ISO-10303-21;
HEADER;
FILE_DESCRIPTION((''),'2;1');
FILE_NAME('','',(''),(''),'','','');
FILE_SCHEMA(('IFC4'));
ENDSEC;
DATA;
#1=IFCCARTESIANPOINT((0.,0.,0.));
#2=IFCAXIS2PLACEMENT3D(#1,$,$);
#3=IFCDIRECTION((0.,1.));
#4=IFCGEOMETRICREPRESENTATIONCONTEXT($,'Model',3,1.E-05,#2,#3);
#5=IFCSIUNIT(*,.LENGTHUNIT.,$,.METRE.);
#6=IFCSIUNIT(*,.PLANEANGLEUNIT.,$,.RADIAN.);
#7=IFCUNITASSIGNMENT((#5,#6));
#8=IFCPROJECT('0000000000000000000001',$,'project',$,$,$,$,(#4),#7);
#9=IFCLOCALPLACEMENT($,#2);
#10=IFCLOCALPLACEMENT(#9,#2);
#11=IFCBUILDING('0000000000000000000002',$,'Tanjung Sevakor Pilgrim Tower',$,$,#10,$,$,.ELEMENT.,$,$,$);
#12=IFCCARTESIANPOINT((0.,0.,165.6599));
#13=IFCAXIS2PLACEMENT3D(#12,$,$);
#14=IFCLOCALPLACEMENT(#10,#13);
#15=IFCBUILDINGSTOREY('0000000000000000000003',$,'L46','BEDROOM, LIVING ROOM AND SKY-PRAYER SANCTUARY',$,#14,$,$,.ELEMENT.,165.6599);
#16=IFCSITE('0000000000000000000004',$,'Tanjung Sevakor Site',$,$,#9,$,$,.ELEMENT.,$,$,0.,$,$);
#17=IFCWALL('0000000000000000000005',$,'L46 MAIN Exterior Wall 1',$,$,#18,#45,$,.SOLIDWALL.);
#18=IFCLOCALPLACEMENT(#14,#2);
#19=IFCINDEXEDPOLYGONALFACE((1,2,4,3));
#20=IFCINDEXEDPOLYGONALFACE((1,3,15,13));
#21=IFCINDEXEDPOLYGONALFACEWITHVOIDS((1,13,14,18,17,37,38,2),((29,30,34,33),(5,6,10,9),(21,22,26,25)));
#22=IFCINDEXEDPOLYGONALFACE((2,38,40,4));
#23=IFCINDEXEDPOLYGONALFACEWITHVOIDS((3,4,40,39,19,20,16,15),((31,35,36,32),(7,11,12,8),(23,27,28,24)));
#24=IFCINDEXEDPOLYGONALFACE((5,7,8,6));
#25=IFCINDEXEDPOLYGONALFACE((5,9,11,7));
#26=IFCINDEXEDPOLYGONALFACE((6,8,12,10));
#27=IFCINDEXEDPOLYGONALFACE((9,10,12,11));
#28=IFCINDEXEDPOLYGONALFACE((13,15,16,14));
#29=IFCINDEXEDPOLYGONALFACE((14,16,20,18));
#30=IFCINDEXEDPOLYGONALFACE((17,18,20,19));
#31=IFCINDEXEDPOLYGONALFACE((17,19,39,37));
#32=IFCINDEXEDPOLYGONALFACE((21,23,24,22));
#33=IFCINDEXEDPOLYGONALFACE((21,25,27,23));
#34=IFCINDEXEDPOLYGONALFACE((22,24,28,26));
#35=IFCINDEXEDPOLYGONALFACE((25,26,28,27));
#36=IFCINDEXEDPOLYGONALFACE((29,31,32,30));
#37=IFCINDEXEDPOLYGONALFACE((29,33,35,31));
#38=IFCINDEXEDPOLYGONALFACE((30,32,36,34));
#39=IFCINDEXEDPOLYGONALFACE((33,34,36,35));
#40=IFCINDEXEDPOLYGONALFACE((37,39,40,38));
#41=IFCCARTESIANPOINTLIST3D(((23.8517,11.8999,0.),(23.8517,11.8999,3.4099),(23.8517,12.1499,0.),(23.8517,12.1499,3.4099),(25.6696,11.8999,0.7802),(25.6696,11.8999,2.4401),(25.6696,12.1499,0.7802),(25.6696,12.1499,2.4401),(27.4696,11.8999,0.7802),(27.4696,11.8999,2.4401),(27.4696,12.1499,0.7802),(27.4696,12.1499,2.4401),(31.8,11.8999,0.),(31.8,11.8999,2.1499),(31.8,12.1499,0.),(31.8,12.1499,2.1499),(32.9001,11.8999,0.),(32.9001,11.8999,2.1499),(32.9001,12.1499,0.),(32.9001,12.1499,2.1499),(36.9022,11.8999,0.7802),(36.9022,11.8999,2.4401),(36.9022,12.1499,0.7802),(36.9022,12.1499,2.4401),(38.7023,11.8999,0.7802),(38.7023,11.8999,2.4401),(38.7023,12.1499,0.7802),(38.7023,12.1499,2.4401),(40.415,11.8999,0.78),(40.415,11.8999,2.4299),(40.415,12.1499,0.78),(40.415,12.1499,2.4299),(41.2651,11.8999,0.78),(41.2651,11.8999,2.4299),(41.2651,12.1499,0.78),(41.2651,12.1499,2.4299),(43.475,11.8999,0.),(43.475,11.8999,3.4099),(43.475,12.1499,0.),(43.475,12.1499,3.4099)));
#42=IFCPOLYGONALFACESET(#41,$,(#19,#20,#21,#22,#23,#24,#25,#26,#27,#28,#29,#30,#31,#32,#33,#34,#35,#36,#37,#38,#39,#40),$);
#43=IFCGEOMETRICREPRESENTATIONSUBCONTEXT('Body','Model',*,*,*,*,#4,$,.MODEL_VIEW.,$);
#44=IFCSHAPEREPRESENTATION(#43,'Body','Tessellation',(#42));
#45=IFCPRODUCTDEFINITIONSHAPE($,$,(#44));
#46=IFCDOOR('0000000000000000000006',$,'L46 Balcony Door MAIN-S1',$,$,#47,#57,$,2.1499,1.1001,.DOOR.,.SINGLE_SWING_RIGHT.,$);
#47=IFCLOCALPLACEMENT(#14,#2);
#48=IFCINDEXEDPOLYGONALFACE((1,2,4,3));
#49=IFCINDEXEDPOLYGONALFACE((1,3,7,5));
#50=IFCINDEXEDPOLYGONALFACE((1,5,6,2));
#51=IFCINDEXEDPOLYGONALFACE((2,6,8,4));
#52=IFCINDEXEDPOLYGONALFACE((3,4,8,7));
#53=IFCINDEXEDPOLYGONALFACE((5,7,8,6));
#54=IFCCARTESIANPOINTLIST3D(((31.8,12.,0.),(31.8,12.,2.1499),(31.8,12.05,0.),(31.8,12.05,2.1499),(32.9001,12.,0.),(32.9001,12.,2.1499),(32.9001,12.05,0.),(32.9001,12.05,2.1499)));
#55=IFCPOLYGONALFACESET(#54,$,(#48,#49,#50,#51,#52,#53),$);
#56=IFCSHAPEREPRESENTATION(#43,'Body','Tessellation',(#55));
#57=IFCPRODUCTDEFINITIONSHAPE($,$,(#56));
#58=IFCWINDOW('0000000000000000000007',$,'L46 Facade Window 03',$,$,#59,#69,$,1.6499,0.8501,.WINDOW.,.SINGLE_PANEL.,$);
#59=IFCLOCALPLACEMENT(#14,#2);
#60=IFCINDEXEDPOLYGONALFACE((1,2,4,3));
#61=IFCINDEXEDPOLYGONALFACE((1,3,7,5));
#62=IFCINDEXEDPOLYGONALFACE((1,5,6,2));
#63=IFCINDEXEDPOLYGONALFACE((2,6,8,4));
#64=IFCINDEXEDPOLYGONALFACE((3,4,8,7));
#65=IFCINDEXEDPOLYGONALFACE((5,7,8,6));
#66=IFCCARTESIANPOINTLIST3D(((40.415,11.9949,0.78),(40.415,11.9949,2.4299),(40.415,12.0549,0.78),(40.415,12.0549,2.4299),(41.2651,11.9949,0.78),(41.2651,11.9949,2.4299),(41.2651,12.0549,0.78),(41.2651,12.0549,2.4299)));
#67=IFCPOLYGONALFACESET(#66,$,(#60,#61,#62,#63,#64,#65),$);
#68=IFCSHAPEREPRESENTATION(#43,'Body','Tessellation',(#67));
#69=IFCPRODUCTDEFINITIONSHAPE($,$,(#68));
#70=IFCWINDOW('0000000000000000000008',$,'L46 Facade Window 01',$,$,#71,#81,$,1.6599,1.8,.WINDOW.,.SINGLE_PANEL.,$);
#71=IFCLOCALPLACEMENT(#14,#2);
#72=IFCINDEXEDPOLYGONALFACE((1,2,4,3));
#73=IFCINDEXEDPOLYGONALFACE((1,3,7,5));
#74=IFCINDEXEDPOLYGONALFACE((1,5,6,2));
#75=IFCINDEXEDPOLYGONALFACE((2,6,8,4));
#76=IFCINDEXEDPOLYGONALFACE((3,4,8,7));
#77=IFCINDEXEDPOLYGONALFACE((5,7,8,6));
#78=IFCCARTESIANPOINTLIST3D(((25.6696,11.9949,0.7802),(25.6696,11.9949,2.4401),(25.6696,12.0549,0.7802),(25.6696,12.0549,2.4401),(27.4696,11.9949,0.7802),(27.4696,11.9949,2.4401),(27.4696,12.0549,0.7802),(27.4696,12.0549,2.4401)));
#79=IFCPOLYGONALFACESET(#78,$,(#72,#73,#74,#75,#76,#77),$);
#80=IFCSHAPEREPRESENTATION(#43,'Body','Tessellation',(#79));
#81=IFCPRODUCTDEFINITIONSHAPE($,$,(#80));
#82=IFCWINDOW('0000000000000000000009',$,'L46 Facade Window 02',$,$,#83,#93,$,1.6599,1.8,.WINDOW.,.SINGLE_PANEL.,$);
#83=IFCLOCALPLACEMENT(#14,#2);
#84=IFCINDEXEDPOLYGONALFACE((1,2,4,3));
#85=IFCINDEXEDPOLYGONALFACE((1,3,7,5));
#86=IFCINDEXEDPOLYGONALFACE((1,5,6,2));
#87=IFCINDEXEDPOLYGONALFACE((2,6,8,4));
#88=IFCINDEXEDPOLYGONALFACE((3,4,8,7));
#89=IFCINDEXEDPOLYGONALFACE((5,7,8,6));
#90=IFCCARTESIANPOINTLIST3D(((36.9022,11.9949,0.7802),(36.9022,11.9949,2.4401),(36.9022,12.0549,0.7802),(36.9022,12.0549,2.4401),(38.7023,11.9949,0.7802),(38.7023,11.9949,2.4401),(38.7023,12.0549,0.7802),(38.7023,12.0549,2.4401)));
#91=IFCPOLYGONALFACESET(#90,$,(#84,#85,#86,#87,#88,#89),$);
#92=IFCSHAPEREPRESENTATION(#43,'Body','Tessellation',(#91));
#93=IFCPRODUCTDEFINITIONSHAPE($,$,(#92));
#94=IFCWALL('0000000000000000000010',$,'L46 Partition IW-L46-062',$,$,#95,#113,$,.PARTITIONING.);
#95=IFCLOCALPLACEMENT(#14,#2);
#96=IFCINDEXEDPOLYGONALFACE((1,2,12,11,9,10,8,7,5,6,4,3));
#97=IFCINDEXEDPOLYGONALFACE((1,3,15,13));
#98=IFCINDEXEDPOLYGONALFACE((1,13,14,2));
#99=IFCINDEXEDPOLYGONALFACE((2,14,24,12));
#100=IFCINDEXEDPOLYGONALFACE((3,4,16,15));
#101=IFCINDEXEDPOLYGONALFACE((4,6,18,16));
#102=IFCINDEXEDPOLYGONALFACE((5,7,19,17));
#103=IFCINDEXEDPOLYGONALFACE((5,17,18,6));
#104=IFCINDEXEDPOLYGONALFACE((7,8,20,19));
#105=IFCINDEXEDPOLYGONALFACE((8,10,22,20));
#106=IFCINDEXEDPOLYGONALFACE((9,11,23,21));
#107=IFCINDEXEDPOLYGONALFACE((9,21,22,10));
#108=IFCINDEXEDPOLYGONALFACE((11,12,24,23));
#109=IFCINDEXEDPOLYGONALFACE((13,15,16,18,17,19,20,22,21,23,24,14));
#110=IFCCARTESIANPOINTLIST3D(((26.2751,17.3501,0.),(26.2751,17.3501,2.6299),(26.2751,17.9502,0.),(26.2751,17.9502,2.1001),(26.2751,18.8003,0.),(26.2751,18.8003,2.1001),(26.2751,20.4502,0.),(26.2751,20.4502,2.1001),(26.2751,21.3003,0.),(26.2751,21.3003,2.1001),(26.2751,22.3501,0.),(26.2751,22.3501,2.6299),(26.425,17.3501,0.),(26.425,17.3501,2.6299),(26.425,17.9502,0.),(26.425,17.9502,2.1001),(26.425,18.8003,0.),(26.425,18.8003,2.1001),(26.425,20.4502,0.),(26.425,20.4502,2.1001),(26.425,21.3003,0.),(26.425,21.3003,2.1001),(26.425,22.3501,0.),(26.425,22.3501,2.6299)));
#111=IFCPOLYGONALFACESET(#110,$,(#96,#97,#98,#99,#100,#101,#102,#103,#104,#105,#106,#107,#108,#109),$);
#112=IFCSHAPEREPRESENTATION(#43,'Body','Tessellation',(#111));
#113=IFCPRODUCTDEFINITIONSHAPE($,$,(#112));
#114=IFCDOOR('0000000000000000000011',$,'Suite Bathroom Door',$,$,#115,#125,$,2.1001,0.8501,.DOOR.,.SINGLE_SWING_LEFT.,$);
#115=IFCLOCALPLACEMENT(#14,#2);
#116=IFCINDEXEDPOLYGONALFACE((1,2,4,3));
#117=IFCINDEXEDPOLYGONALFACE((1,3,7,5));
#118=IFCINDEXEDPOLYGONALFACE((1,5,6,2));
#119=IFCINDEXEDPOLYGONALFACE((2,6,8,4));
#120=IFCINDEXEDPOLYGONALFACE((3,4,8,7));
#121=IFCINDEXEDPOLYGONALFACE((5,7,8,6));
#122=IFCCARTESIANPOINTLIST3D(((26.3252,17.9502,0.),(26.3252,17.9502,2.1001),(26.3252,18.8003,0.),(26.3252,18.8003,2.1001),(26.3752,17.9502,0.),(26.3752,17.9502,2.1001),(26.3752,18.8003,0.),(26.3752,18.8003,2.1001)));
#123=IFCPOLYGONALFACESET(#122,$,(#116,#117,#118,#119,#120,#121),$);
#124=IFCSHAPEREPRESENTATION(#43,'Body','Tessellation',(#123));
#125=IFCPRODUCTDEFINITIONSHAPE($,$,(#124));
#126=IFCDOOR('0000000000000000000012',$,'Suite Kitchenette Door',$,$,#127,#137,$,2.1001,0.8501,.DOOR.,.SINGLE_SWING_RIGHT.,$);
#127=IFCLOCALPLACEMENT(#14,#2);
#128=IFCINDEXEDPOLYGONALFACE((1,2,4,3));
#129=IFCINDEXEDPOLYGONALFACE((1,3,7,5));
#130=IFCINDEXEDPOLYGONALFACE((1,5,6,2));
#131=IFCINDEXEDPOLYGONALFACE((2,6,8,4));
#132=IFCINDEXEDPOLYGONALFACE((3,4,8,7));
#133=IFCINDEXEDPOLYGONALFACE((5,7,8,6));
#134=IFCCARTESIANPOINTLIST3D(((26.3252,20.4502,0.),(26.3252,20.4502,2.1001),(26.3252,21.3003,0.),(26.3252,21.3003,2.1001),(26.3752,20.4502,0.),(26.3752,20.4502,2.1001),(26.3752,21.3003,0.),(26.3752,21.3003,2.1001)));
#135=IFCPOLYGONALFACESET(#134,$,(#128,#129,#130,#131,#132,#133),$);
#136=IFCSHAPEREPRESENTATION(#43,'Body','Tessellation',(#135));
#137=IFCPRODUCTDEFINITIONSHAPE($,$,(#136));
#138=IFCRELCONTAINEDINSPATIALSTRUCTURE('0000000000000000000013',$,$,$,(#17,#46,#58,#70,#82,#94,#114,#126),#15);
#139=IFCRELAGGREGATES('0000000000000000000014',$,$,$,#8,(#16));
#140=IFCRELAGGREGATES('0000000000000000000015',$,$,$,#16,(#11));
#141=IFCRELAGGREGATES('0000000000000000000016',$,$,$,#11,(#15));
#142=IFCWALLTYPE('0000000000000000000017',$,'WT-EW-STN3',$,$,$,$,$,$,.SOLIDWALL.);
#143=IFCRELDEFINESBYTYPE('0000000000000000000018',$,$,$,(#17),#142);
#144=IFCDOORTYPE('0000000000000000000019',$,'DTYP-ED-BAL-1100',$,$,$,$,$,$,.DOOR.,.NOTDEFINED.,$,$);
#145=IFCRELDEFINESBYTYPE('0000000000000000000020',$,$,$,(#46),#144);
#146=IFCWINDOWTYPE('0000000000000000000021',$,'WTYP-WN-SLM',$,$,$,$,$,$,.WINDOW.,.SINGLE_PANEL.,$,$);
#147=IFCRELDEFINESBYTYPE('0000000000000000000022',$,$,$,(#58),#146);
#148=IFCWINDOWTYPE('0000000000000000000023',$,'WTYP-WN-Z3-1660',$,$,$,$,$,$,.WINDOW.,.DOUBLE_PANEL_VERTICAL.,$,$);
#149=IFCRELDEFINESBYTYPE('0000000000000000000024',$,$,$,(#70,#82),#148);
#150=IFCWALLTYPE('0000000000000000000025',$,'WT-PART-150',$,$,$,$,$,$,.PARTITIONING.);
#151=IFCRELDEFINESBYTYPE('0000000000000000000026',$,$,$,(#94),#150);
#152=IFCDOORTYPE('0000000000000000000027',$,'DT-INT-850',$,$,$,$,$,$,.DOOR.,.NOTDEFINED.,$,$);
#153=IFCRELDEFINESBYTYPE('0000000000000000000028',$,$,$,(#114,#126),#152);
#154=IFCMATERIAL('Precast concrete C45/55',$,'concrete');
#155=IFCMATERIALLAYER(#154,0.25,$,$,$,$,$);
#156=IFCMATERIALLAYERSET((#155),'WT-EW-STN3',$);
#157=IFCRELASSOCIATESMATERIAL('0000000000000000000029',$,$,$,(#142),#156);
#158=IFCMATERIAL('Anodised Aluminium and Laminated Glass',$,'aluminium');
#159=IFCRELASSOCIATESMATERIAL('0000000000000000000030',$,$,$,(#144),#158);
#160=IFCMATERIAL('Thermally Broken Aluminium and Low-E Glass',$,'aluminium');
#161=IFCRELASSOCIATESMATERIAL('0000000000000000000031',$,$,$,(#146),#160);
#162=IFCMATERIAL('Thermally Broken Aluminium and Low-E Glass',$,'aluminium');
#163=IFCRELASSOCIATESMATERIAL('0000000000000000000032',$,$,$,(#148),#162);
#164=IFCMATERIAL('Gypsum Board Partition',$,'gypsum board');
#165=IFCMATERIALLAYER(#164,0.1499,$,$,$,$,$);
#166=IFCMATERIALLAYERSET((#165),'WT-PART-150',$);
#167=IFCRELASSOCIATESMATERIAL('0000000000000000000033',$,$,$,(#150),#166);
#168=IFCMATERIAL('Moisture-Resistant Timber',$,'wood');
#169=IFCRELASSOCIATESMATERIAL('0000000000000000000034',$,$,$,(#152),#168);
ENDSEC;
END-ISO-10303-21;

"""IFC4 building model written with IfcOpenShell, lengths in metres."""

from ifc_helpers import new_model, si_unit, direction, frame, frame_2d, origin, place, context, subcontext, project, spatial, rectangle, extrude, material, layer, layer_set, type_object, element, fill, save


model = new_model("IFC4")

# Units and contexts
model_context = context("Model", 3, precision=1e-05, world=origin(), true_north=direction((0.0, 1.0)))
body_context = subcontext(model_context, "Body", "Model", "MODEL_VIEW")
ifc_project = project(units=[si_unit("LENGTHUNIT", "METRE"), si_unit("PLANEANGLEUNIT", "RADIAN")], contexts=[model_context])

# Site, building, storey
site_placement = place(None, origin())
site = spatial("IfcSite", under=ifc_project, at=site_placement, Name="Tanjung Sevakor Site", CompositionType="ELEMENT", RefElevation=0.0)
building_placement = place(site_placement, origin())
building = spatial("IfcBuilding", under=site, at=building_placement, Name="Tanjung Sevakor Pilgrim Tower", CompositionType="ELEMENT")
storey_placement = place(building_placement, frame((0.0, 0.0, 165.6599)))
storey = spatial("IfcBuildingStorey", under=building, at=storey_placement, Name="L46", Description="BEDROOM, LIVING ROOM AND SKY-PRAYER SANCTUARY", CompositionType="ELEMENT", Elevation=165.6599)

# Wall, openings, door, windows
ifc_material_1 = material(Name="Precast concrete C45/55", Category="concrete")
ifc_layer_1 = layer(ifc_material_1, 0.25)
ifc_layer_set_1 = layer_set([ifc_layer_1], Name="WT-EW-STN3")
wall_type_1 = type_object("IfcWallType", Name="WT-EW-STN3", PredefinedType="SOLIDWALL", material=ifc_layer_set_1)
wall_1_placement = place(storey_placement, frame((23.8518, 12.0249, 0.0), z_axis=(0.0, 0.0, 1.0), x_axis=(1.0, 0.0, 0.0)))
wall_1 = element("IfcWall", 1, at=wall_1_placement, inside=storey, type_object=wall_type_1, Name="L46 MAIN Exterior Wall 1", PredefinedType="SOLIDWALL", context=body_context, shape_type="SweptSolid", body=[
    extrude(rectangle(XDim=19.6233, YDim=0.25, at=frame_2d((9.8115, 0.0))), origin(), (0.0, 0.0, 1.0), 3.4099),
])
opening_1_placement = place(wall_1_placement, frame((7.9482, 0.0, 0.0)))
opening_1 = element("IfcOpeningElement", 2, at=opening_1_placement, cuts=wall_1, PredefinedType="OPENING", context=body_context, shape_type="SweptSolid", body=[
    extrude(rectangle(XDim=1.1001, YDim=2.1499, at=frame_2d((0.55, 1.075))), frame((0.0, 0.135, 0.0), z_axis=(0.0, -1.0, 0.0), x_axis=(1.0, 0.0, 0.0)), (0.0, 0.0, 1.0), 0.27),
])
opening_2_placement = place(wall_1_placement, frame((1.8179, 0.0, 0.78)))
opening_2 = element("IfcOpeningElement", 3, at=opening_2_placement, cuts=wall_1, PredefinedType="OPENING", context=body_context, shape_type="SweptSolid", body=[
    extrude(rectangle(XDim=1.8, YDim=1.6599, at=frame_2d((0.8999, 0.8301))), frame((0.0, 0.135, 0.0), z_axis=(0.0, -1.0, 0.0), x_axis=(1.0, 0.0, 0.0)), (0.0, 0.0, 1.0), 0.27),
])
opening_3_placement = place(wall_1_placement, frame((13.0505, 0.0, 0.78)))
opening_3 = element("IfcOpeningElement", 4, at=opening_3_placement, cuts=wall_1, PredefinedType="OPENING", context=body_context, shape_type="SweptSolid", body=[
    extrude(rectangle(XDim=1.8, YDim=1.6599, at=frame_2d((0.8999, 0.8301))), frame((0.0, 0.135, 0.0), z_axis=(0.0, -1.0, 0.0), x_axis=(1.0, 0.0, 0.0)), (0.0, 0.0, 1.0), 0.27),
])
opening_4_placement = place(wall_1_placement, frame((16.5632, 0.0, 0.78)))
opening_4 = element("IfcOpeningElement", 5, at=opening_4_placement, cuts=wall_1, PredefinedType="OPENING", context=body_context, shape_type="SweptSolid", body=[
    extrude(rectangle(XDim=0.8501, YDim=1.6499, at=frame_2d((0.425, 0.825))), frame((0.0, 0.135, 0.0), z_axis=(0.0, -1.0, 0.0), x_axis=(1.0, 0.0, 0.0)), (0.0, 0.0, 1.0), 0.27),
])
ifc_material_2 = material(Name="Anodised Aluminium and Laminated Glass", Category="aluminium")
door_type_1 = type_object("IfcDoorType", Name="DTYP-ED-BAL-1100", OperationType="NOTDEFINED", PredefinedType="DOOR", material=ifc_material_2)
door_1_placement = place(opening_1_placement, frame((1.1001, 0.0, 0.0), z_axis=(0.0, 0.0, 1.0), x_axis=(-1.0, 0.0, 0.0)))
door_1 = element("IfcDoor", 6, at=door_1_placement, inside=storey, type_object=door_type_1, Name="L46 Balcony Door MAIN-S1", OperationType="SINGLE_SWING_RIGHT", OverallHeight=2.1499, OverallWidth=1.1001, PredefinedType="DOOR", context=body_context, shape_type="SweptSolid", body=[
    extrude(rectangle(XDim=1.1001, YDim=2.1499, at=frame_2d((0.55, 1.075))), frame((0.0, 0.0249, 0.0), z_axis=(0.0, -1.0, 0.0), x_axis=(1.0, 0.0, 0.0)), (0.0, 0.0, 1.0), 0.05),
])
fill(opening_1, door_1)
ifc_material_3 = material(Name="Thermally Broken Aluminium and Low-E Glass", Category="aluminium")
window_type_1 = type_object("IfcWindowType", Name="WTYP-WN-SLM", PartitioningType="SINGLE_PANEL", PredefinedType="WINDOW", material=ifc_material_3)
window_1_placement = place(opening_4_placement, origin())
window_1 = element("IfcWindow", 7, at=window_1_placement, inside=storey, type_object=window_type_1, Name="L46 Facade Window 03", OverallHeight=1.6499, OverallWidth=0.8501, PartitioningType="SINGLE_PANEL", PredefinedType="WINDOW", context=body_context, shape_type="SweptSolid", body=[
    extrude(rectangle(XDim=0.8501, YDim=1.6499, at=frame_2d((0.425, 0.825))), frame((0.0, 0.03, 0.0), z_axis=(0.0, -1.0, 0.0), x_axis=(1.0, 0.0, 0.0)), (0.0, 0.0, 1.0), 0.0601),
])
fill(opening_4, window_1)
ifc_material_4 = material(Name="Thermally Broken Aluminium and Low-E Glass", Category="aluminium")
window_type_2 = type_object("IfcWindowType", Name="WTYP-WN-Z3-1660", PartitioningType="DOUBLE_PANEL_VERTICAL", PredefinedType="WINDOW", material=ifc_material_4)
window_2_placement = place(opening_2_placement, origin())
window_2 = element("IfcWindow", 8, at=window_2_placement, inside=storey, type_object=window_type_2, Name="L46 Facade Window 01", OverallHeight=1.6599, OverallWidth=1.8, PartitioningType="SINGLE_PANEL", PredefinedType="WINDOW", context=body_context, shape_type="SweptSolid", body=[
    extrude(rectangle(XDim=1.8, YDim=1.6599, at=frame_2d((0.8999, 0.8301))), frame((0.0, 0.03, 0.0), z_axis=(0.0, -1.0, 0.0), x_axis=(1.0, 0.0, 0.0)), (0.0, 0.0, 1.0), 0.0601),
])
fill(opening_2, window_2)
window_3_placement = place(opening_3_placement, origin())
window_3 = element("IfcWindow", 9, at=window_3_placement, inside=storey, type_object=window_type_2, Name="L46 Facade Window 02", OverallHeight=1.6599, OverallWidth=1.8, PartitioningType="SINGLE_PANEL", PredefinedType="WINDOW", context=body_context, shape_type="SweptSolid", body=[
    extrude(rectangle(XDim=1.8, YDim=1.6599, at=frame_2d((0.8999, 0.8301))), frame((0.0, 0.03, 0.0), z_axis=(0.0, -1.0, 0.0), x_axis=(1.0, 0.0, 0.0)), (0.0, 0.0, 1.0), 0.0601),
])
fill(opening_3, window_3)

# Wall, openings, doors
ifc_material_5 = material(Name="Gypsum Board Partition", Category="gypsum board")
ifc_layer_2 = layer(ifc_material_5, 0.1499)
ifc_layer_set_2 = layer_set([ifc_layer_2], Name="WT-PART-150")
wall_type_2 = type_object("IfcWallType", Name="WT-PART-150", PredefinedType="PARTITIONING", material=ifc_layer_set_2)
wall_2_placement = place(storey_placement, frame((26.3501, 17.3501, 0.0), z_axis=(0.0, 0.0, 1.0), x_axis=(0.0, 1.0, 0.0)))
wall_2 = element("IfcWall", 10, at=wall_2_placement, inside=storey, type_object=wall_type_2, Name="L46 Partition IW-L46-062", PredefinedType="PARTITIONING", context=body_context, shape_type="SweptSolid", body=[
    extrude(rectangle(XDim=5.0, YDim=0.1499, at=frame_2d((2.5, 0.0))), origin(), (0.0, 0.0, 1.0), 2.6299),
])
opening_5_placement = place(wall_2_placement, frame((0.6001, 0.0, 0.0)))
opening_5 = element("IfcOpeningElement", 11, at=opening_5_placement, cuts=wall_2, PredefinedType="OPENING", context=body_context, shape_type="SweptSolid", body=[
    extrude(rectangle(XDim=0.8501, YDim=2.1001, at=frame_2d((0.425, 1.05))), frame((0.0, 0.085, 0.0), z_axis=(0.0, -1.0, 0.0), x_axis=(1.0, 0.0, 0.0)), (0.0, 0.0, 1.0), 0.1699),
])
opening_6_placement = place(wall_2_placement, frame((3.1001, 0.0, 0.0)))
opening_6 = element("IfcOpeningElement", 12, at=opening_6_placement, cuts=wall_2, PredefinedType="OPENING", context=body_context, shape_type="SweptSolid", body=[
    extrude(rectangle(XDim=0.8501, YDim=2.1001, at=frame_2d((0.425, 1.05))), frame((0.0, 0.085, 0.0), z_axis=(0.0, -1.0, 0.0), x_axis=(1.0, 0.0, 0.0)), (0.0, 0.0, 1.0), 0.1699),
])
ifc_material_6 = material(Name="Moisture-Resistant Timber", Category="wood")
door_type_2 = type_object("IfcDoorType", Name="DT-INT-850", OperationType="NOTDEFINED", PredefinedType="DOOR", material=ifc_material_6)
door_2_placement = place(opening_5_placement, origin())
door_2 = element("IfcDoor", 13, at=door_2_placement, inside=storey, type_object=door_type_2, Name="Suite Bathroom Door", OperationType="SINGLE_SWING_LEFT", OverallHeight=2.1001, OverallWidth=0.8501, PredefinedType="DOOR", context=body_context, shape_type="SweptSolid", body=[
    extrude(rectangle(XDim=0.8501, YDim=2.1001, at=frame_2d((0.425, 1.05))), frame((0.0, 0.0249, 0.0), z_axis=(0.0, -1.0, 0.0), x_axis=(1.0, 0.0, 0.0)), (0.0, 0.0, 1.0), 0.05),
])
fill(opening_5, door_2)
door_3_placement = place(opening_6_placement, origin())
door_3 = element("IfcDoor", 14, at=door_3_placement, inside=storey, type_object=door_type_2, Name="Suite Kitchenette Door", OperationType="SINGLE_SWING_RIGHT", OverallHeight=2.1001, OverallWidth=0.8501, PredefinedType="DOOR", context=body_context, shape_type="SweptSolid", body=[
    extrude(rectangle(XDim=0.8501, YDim=2.1001, at=frame_2d((0.425, 1.05))), frame((0.0, 0.0249, 0.0), z_axis=(0.0, -1.0, 0.0), x_axis=(1.0, 0.0, 0.0)), (0.0, 0.0, 1.0), 0.05),
])
fill(opening_6, door_3)

save(model, "model.ifc")
